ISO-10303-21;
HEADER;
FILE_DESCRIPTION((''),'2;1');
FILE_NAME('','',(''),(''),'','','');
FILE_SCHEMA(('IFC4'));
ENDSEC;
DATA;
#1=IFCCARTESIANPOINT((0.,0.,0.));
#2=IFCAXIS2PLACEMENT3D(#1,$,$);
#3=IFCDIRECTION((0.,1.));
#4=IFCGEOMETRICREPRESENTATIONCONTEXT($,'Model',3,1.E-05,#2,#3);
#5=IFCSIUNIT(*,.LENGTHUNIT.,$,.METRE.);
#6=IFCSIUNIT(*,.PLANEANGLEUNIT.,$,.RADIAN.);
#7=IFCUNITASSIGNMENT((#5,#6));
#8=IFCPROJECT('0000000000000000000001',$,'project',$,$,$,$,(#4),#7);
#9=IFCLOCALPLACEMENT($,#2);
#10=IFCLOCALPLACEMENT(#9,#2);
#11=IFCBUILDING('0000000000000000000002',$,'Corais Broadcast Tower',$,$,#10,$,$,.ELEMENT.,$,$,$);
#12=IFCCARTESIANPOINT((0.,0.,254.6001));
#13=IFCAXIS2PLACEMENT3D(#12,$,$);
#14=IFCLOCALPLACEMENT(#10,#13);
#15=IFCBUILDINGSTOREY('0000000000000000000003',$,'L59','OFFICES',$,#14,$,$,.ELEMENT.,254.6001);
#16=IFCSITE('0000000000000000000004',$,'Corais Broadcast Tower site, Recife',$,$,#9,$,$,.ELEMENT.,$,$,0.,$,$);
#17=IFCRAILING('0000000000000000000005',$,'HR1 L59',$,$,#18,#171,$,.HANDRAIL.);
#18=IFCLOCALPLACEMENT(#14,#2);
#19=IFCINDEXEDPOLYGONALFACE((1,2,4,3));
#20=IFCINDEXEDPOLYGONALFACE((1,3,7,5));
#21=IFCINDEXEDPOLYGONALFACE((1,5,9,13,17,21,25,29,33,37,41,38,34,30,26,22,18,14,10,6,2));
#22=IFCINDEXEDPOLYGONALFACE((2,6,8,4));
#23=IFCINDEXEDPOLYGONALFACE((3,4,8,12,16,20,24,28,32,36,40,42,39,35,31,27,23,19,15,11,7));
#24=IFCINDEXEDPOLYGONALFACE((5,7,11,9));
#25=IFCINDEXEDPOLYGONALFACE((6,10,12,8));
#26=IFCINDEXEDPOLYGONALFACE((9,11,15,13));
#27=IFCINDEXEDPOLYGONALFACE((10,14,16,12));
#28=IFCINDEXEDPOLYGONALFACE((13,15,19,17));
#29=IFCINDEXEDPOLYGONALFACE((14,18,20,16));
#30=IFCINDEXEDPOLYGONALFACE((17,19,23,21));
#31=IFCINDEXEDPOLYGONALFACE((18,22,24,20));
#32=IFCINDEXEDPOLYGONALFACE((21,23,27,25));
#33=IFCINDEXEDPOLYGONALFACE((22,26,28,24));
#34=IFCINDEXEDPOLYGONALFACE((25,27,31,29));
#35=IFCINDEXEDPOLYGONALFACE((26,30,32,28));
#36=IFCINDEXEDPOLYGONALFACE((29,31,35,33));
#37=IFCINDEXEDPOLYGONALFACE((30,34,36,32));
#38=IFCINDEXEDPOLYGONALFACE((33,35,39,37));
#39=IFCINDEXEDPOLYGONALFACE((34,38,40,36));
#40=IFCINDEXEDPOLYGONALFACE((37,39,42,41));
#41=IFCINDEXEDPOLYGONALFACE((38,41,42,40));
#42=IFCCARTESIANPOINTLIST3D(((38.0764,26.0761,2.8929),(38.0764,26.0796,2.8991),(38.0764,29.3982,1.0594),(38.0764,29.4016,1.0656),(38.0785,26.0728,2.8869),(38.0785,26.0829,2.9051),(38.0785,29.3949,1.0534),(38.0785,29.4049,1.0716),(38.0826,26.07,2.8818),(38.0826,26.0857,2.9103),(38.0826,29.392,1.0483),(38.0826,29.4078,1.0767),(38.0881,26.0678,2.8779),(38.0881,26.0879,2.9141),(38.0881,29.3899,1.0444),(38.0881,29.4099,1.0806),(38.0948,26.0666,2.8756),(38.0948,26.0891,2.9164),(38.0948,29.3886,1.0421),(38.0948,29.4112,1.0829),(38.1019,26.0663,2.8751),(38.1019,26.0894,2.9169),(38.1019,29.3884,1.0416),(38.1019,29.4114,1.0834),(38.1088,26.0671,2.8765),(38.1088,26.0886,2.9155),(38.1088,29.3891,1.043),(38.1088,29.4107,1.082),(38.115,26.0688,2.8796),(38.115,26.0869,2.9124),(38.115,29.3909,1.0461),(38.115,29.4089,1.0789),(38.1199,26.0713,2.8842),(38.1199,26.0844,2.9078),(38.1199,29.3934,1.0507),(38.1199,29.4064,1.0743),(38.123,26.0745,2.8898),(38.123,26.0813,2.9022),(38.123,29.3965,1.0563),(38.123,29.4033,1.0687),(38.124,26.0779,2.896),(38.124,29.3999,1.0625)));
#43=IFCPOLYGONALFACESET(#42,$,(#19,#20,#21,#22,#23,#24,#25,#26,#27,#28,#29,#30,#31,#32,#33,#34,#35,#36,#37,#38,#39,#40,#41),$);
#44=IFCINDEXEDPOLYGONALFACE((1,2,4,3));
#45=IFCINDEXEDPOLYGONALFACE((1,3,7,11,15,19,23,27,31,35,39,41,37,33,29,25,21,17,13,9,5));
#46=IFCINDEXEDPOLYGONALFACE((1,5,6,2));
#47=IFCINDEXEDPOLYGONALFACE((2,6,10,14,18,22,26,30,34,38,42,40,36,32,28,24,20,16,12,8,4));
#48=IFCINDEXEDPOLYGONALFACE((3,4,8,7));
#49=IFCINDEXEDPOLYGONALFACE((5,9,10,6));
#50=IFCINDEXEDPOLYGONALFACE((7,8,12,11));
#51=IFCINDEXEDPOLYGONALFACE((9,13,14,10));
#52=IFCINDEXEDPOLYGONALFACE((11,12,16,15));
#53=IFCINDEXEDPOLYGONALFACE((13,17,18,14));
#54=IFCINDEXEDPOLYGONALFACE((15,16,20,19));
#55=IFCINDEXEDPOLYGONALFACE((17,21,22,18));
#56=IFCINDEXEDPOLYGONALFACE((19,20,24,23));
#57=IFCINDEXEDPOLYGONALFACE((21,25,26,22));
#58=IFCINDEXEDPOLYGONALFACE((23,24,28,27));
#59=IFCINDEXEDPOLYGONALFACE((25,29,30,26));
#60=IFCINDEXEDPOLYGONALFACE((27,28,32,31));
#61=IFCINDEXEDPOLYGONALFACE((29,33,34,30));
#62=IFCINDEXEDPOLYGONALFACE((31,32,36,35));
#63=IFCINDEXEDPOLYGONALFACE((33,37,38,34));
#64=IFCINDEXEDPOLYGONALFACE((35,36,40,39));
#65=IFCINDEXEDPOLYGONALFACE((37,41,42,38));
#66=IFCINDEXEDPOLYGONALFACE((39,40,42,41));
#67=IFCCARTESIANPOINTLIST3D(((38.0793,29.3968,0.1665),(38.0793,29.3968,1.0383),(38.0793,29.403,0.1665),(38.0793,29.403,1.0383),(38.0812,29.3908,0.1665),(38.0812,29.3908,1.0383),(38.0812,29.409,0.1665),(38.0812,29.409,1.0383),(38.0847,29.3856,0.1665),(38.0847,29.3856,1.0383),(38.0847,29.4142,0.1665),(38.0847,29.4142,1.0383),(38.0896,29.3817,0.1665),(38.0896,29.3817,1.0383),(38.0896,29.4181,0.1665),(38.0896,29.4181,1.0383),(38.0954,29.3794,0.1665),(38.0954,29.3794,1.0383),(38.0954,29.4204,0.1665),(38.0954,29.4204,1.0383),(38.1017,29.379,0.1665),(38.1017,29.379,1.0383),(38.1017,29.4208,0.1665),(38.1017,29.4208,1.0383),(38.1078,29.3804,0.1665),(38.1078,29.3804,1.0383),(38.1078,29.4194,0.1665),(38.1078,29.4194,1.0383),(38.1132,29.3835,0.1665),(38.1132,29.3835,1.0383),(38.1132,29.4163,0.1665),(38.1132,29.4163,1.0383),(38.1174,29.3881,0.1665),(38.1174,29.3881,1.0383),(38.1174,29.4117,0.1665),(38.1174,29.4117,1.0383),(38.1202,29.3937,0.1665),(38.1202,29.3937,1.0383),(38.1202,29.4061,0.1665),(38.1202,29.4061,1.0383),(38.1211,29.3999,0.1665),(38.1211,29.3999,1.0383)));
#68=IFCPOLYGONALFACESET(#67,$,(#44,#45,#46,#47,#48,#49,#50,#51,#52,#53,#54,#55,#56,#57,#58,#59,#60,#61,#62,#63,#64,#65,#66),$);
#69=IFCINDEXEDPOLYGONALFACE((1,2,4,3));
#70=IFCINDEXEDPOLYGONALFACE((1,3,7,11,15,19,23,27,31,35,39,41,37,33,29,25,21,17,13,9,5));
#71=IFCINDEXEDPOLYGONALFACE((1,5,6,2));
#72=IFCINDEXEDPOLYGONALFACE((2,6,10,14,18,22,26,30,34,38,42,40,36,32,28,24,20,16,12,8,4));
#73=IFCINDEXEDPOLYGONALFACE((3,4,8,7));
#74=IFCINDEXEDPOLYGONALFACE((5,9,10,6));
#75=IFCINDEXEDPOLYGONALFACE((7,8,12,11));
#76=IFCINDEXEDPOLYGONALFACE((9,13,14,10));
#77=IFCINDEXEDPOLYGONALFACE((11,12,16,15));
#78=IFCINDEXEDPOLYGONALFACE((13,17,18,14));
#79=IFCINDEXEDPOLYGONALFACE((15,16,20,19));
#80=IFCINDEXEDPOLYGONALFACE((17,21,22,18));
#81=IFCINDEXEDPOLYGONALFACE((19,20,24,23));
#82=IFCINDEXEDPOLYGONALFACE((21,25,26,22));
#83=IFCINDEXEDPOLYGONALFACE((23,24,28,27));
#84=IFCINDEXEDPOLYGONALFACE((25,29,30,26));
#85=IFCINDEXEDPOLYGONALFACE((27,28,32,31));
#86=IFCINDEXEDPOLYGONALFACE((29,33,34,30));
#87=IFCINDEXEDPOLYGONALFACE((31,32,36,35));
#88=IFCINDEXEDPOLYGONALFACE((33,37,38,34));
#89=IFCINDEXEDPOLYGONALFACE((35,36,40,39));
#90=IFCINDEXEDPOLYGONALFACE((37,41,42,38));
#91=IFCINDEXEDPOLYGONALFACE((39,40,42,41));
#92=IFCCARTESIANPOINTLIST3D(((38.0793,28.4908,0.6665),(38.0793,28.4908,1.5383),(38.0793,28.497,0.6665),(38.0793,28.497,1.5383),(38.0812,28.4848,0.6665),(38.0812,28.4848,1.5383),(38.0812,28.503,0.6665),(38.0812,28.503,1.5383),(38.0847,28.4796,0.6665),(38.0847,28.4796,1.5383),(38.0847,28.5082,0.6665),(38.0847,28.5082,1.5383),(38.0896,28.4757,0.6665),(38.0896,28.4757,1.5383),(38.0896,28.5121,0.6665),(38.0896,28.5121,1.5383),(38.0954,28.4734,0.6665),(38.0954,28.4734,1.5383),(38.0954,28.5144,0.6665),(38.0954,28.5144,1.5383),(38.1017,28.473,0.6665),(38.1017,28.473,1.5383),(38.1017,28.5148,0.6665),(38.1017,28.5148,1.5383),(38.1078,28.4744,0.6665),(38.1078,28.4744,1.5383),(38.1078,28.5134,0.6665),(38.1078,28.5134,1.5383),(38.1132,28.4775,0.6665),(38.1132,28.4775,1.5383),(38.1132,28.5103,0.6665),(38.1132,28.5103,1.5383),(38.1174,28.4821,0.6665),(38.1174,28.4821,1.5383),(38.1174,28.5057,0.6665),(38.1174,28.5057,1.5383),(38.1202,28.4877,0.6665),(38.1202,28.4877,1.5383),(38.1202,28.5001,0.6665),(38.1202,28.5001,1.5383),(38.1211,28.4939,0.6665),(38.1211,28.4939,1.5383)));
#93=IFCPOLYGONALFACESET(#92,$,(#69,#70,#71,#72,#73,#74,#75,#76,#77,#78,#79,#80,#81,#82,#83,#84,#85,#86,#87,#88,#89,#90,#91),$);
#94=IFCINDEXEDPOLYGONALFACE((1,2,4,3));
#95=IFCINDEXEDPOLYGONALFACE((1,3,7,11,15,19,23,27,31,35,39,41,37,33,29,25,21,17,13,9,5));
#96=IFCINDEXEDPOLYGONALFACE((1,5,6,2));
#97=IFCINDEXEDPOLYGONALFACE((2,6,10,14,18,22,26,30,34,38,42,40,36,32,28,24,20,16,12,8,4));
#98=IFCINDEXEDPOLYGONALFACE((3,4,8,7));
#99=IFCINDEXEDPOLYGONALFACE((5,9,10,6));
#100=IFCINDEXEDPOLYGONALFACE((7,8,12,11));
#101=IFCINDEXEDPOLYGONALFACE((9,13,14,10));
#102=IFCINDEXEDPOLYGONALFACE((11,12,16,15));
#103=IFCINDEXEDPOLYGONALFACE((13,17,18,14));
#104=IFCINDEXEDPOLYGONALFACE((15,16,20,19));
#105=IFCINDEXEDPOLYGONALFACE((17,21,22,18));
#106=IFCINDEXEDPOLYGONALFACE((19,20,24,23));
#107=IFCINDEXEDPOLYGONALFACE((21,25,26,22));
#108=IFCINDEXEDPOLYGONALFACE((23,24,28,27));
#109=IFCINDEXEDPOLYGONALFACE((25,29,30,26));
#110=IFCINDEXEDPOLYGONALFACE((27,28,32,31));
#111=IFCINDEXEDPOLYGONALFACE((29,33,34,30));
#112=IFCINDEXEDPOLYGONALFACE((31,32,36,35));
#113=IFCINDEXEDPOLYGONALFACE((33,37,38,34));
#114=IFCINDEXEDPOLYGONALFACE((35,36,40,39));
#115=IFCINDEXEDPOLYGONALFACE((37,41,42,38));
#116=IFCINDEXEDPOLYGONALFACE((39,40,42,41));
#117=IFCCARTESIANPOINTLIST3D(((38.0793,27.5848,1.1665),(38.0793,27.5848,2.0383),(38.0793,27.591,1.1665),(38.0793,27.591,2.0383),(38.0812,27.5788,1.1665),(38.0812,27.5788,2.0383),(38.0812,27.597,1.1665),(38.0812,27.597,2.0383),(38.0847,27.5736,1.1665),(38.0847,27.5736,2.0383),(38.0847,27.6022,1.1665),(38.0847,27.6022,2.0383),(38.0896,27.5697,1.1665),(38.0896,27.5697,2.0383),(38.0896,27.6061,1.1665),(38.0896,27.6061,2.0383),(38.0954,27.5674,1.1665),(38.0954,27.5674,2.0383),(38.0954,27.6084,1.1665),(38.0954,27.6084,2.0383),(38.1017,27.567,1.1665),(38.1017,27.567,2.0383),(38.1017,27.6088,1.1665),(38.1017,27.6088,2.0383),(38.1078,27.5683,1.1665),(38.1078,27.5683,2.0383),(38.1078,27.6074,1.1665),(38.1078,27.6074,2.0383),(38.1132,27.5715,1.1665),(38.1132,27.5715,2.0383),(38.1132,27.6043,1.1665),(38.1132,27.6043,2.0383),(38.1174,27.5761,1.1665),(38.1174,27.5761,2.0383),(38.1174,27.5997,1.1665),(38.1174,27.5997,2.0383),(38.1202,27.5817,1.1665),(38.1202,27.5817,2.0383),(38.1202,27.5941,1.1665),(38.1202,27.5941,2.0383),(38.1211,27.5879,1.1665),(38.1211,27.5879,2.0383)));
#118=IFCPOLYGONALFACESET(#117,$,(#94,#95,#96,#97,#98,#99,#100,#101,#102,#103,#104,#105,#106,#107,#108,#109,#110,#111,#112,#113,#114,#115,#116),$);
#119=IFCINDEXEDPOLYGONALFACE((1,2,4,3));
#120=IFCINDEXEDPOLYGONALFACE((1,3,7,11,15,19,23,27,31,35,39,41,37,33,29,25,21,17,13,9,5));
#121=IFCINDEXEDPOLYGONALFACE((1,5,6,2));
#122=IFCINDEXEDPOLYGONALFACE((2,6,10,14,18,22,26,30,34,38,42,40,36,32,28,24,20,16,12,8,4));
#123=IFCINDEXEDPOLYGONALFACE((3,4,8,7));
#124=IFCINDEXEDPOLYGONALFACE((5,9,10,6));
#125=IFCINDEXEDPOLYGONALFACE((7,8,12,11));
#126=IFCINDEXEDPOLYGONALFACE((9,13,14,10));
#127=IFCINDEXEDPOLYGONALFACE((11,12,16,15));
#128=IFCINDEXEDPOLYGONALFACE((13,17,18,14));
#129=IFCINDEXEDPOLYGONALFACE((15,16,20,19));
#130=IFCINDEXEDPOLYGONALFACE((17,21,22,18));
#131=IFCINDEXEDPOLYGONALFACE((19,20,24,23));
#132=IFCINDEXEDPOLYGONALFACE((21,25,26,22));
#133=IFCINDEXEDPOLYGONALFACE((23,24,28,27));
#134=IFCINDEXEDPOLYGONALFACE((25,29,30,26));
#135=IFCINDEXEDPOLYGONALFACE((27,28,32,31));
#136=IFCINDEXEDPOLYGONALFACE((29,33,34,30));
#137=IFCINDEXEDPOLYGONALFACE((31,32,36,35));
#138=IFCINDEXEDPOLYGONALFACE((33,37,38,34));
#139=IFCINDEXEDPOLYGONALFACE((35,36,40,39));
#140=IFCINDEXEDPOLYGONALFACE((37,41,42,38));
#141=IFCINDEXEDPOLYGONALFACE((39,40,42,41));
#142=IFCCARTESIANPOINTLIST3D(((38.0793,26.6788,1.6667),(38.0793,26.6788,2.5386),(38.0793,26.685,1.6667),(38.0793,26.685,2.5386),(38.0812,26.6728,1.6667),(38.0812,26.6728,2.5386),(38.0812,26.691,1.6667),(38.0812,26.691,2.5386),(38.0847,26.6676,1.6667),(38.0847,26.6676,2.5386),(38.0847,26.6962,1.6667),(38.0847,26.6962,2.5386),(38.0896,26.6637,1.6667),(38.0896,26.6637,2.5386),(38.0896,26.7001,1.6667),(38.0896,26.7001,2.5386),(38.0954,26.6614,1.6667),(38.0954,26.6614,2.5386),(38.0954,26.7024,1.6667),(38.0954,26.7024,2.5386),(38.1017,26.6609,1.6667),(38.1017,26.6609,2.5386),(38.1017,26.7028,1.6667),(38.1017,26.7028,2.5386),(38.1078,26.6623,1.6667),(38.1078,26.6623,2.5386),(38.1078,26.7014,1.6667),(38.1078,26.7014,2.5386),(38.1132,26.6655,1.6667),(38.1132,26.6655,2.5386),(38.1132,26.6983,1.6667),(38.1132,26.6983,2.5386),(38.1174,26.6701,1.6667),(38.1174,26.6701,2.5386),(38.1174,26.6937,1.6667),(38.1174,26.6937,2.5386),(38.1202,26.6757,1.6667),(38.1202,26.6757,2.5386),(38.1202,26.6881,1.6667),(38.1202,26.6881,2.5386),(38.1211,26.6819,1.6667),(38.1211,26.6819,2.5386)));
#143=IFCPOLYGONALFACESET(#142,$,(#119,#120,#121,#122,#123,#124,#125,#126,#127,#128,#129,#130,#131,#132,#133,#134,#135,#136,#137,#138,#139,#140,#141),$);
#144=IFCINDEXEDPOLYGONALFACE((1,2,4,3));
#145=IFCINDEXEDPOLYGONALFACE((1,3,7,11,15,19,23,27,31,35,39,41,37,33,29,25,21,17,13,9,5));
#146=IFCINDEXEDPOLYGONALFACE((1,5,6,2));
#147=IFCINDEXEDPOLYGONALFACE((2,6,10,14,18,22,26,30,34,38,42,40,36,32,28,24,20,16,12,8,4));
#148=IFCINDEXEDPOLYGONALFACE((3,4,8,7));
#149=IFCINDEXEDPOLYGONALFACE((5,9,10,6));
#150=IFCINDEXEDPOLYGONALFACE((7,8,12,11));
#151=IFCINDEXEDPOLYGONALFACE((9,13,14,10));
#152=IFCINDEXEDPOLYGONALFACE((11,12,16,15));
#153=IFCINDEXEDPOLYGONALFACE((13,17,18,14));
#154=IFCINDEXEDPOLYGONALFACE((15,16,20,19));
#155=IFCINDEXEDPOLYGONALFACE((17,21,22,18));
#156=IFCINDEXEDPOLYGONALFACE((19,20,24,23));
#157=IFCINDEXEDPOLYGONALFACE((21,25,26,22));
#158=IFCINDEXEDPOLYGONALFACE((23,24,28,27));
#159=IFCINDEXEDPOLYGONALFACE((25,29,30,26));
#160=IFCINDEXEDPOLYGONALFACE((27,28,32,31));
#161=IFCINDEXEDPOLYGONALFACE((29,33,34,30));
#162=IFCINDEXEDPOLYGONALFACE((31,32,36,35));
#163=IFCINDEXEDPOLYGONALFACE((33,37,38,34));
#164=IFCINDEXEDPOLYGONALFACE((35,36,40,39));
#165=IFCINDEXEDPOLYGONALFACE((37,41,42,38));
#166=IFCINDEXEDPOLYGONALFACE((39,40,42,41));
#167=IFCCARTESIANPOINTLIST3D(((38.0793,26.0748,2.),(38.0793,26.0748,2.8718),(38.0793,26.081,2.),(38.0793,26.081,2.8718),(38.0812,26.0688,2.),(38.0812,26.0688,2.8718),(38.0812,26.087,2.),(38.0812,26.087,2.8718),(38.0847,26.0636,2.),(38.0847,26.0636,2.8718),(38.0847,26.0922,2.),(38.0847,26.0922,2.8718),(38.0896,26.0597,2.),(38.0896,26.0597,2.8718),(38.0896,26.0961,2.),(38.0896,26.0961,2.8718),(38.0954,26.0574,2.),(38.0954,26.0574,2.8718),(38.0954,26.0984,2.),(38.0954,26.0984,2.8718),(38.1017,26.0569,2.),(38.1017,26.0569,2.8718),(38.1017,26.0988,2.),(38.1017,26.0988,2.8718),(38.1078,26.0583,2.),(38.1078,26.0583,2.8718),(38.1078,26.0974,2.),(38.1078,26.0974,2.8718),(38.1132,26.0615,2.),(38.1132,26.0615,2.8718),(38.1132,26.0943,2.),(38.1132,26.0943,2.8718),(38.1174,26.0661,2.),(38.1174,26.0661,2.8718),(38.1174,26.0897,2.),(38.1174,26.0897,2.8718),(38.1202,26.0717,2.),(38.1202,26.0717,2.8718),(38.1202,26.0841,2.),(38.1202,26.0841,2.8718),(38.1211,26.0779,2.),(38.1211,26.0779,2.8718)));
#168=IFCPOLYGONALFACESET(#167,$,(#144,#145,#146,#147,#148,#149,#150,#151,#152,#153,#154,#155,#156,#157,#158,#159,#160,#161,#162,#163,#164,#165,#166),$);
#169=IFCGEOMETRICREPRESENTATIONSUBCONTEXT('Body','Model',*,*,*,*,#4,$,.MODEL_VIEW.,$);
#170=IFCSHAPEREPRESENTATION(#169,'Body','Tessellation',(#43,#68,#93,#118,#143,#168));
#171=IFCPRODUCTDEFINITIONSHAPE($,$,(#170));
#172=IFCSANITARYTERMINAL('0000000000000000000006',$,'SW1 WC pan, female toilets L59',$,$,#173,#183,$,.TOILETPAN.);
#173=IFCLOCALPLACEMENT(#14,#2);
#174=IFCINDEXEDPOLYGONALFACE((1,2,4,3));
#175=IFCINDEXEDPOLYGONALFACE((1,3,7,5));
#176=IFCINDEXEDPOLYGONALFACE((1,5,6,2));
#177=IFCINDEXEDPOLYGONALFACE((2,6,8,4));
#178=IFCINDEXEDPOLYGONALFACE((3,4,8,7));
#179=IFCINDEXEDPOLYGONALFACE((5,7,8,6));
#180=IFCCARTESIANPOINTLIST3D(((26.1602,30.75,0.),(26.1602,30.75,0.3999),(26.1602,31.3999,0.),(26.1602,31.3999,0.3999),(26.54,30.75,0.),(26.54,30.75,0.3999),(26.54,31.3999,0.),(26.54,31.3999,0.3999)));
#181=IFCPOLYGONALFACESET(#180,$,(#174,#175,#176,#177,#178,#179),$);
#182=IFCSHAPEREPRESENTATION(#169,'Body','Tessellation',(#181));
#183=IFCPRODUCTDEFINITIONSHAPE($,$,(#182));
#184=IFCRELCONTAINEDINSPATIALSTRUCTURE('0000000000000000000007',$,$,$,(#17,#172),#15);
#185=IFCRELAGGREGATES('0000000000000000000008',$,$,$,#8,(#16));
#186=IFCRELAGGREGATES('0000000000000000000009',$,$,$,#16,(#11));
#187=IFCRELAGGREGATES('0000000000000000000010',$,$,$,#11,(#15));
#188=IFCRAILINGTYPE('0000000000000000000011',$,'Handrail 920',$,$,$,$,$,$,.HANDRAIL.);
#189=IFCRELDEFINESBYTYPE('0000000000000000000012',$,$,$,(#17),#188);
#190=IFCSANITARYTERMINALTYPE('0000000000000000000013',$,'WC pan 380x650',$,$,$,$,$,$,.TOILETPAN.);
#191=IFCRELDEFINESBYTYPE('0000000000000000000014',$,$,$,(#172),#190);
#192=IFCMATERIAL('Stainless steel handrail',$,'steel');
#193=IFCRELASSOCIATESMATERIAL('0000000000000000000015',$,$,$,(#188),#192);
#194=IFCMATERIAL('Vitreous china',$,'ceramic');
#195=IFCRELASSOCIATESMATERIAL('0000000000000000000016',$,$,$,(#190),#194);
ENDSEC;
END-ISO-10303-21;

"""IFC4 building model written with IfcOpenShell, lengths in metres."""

from ifc_helpers import new_model, si_unit, direction, frame, origin, origin_2d, place, context, subcontext, project, spatial, rectangle, circle, extrude, material, type_object, element, save


model = new_model("IFC4")

# Units and contexts
model_context = context("Model", 3, precision=1e-05, world=origin(), true_north=direction((0.0, 1.0)))
body_context = subcontext(model_context, "Body", "Model", "MODEL_VIEW")
ifc_project = project(units=[si_unit("LENGTHUNIT", "METRE"), si_unit("PLANEANGLEUNIT", "RADIAN")], contexts=[model_context])

# Site, building, storey
site_placement = place(None, origin())
site = spatial("IfcSite", under=ifc_project, at=site_placement, Name="Corais Broadcast Tower site, Recife", CompositionType="ELEMENT", RefElevation=0.0)
building_placement = place(site_placement, origin())
building = spatial("IfcBuilding", under=site, at=building_placement, Name="Corais Broadcast Tower", CompositionType="ELEMENT")
storey_placement = place(building_placement, frame((0.0, 0.0, 254.6001)))
storey = spatial("IfcBuildingStorey", under=building, at=storey_placement, Name="L59", Description="OFFICES", CompositionType="ELEMENT", Elevation=254.6001)

# Railing
ifc_material_1 = material(Name="Stainless steel handrail", Category="steel")
railing_type = type_object("IfcRailingType", Name="Handrail 920", PredefinedType="HANDRAIL", material=ifc_material_1)
for number, where, name in (
    (1, (38.1001, 29.3999, 0.1665), "HR1 L59"),
):
    element("IfcRailing", number, at=place(storey_placement, frame(where)), inside=storey, type_object=railing_type, Name=name, PredefinedType="HANDRAIL", context=body_context, shape_type="SweptSolid", body=[
        extrude(circle(Radius=0.0239, at=origin_2d()), frame((0.0, 0.0, 0.896), z_axis=(0.0, -0.875504, 0.48321), x_axis=(1.0, 0.0, 0.0)), (0.0, 0.0, 1.0), 3.7944),
        extrude(circle(Radius=0.021, at=origin_2d()), origin(), (0.0, 0.0, 1.0), 0.8718),
        extrude(circle(Radius=0.021, at=origin_2d()), frame((0.0, -0.906, 0.5)), (0.0, 0.0, 1.0), 0.8718),
        extrude(circle(Radius=0.021, at=origin_2d()), frame((0.0, -1.812, 1.0)), (0.0, 0.0, 1.0), 0.8718),
        extrude(circle(Radius=0.021, at=origin_2d()), frame((0.0, -2.718, 1.5002)), (0.0, 0.0, 1.0), 0.8718),
        extrude(circle(Radius=0.021, at=origin_2d()), frame((0.0, -3.322, 1.8335)), (0.0, 0.0, 1.0), 0.8718),
    ])

# Sanitary terminal
ifc_material_2 = material(Name="Vitreous china", Category="ceramic")
sanitary_terminal_type = type_object("IfcSanitaryTerminalType", Name="WC pan 380x650", PredefinedType="TOILETPAN", material=ifc_material_2)
sanitary_terminal_placement = place(storey_placement, frame((26.3501, 31.075, 0.0), z_axis=(0.0, 0.0, 1.0), x_axis=(1.0, 0.0, 0.0)))
element("IfcSanitaryTerminal", 2, at=sanitary_terminal_placement, inside=storey, type_object=sanitary_terminal_type, Name="SW1 WC pan, female toilets L59", PredefinedType="TOILETPAN", context=body_context, shape_type="SweptSolid", body=[
    extrude(rectangle(XDim=0.3799, YDim=0.6499, at=origin_2d()), origin(), (0.0, 0.0, 1.0), 0.3999),
])

save(model, "model.ifc")
